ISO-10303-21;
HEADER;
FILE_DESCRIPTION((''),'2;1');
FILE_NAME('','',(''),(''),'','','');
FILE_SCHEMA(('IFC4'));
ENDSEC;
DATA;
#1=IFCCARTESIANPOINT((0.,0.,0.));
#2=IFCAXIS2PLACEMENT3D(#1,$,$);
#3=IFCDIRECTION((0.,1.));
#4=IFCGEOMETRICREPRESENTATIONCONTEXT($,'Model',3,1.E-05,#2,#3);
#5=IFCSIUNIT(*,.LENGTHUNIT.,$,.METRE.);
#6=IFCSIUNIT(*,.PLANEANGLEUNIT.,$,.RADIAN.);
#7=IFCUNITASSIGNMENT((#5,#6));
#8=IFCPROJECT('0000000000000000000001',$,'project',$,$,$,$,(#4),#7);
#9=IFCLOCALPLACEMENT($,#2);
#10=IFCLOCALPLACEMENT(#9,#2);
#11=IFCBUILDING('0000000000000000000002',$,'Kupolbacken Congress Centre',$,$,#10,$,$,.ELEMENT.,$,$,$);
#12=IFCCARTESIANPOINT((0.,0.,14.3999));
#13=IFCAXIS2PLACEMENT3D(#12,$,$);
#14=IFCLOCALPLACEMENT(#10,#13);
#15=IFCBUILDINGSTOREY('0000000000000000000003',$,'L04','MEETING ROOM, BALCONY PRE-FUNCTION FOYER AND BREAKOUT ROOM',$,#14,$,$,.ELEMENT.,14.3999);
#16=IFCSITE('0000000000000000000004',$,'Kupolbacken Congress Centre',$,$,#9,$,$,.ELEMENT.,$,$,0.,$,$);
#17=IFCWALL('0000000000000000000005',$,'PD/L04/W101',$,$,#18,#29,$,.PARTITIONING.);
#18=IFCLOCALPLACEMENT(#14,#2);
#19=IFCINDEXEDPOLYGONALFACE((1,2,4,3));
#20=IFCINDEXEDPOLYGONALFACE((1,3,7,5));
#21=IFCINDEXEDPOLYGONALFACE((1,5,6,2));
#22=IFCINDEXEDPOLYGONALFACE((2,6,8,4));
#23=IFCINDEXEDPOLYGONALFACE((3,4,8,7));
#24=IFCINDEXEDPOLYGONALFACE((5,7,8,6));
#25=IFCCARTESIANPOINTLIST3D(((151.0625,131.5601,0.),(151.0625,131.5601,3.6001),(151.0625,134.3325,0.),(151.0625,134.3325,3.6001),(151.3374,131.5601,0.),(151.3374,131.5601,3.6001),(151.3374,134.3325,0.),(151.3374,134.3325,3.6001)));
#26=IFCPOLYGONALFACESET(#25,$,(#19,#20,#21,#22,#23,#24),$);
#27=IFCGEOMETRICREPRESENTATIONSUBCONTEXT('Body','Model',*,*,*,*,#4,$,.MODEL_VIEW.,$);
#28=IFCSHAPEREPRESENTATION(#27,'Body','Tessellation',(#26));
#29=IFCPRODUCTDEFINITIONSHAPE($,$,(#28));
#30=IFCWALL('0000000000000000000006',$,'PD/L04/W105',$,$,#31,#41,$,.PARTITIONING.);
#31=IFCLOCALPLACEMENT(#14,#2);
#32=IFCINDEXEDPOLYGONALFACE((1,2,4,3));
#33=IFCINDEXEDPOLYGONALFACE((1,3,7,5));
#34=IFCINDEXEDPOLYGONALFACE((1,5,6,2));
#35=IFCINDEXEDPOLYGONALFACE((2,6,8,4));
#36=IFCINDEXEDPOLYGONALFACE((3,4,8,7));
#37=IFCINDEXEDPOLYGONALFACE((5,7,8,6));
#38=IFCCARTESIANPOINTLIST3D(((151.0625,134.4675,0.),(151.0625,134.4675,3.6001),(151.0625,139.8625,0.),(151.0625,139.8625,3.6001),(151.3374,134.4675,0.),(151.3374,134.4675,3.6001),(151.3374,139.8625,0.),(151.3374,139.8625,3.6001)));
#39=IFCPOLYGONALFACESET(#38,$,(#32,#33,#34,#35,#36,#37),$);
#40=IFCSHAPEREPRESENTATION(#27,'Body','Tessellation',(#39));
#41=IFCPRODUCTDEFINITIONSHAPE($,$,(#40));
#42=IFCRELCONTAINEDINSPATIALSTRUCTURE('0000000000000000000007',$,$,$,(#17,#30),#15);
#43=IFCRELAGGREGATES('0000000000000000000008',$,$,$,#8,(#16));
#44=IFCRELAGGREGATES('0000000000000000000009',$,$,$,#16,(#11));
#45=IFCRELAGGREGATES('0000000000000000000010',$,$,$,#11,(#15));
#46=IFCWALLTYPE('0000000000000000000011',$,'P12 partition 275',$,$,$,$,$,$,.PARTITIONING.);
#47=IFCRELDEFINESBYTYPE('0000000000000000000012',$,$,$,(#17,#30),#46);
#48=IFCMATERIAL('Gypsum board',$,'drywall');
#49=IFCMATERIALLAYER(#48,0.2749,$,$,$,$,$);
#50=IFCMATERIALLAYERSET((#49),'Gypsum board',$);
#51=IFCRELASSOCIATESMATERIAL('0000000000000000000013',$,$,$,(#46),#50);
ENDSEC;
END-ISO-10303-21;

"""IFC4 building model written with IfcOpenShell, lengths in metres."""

from ifc_helpers import new_model, si_unit, direction, frame, frame_2d, origin, place, context, subcontext, project, spatial, rectangle, extrude, material, layer, layer_set, type_object, element, save


model = new_model("IFC4")

# Units and contexts
model_context = context("Model", 3, precision=1e-05, world=origin(), true_north=direction((0.0, 1.0)))
body_context = subcontext(model_context, "Body", "Model", "MODEL_VIEW")
ifc_project = project(units=[si_unit("LENGTHUNIT", "METRE"), si_unit("PLANEANGLEUNIT", "RADIAN")], contexts=[model_context])

# Site, building, storey
site_placement = place(None, origin())
site = spatial("IfcSite", under=ifc_project, at=site_placement, Name="Kupolbacken Congress Centre", CompositionType="ELEMENT", RefElevation=0.0)
building_placement = place(site_placement, origin())
building = spatial("IfcBuilding", under=site, at=building_placement, Name="Kupolbacken Congress Centre", CompositionType="ELEMENT")
storey_placement = place(building_placement, frame((0.0, 0.0, 14.3999)))
storey = spatial("IfcBuildingStorey", under=building, at=storey_placement, Name="L04", Description="MEETING ROOM, BALCONY PRE-FUNCTION FOYER AND BREAKOUT ROOM", CompositionType="ELEMENT", Elevation=14.3999)

# Walls
ifc_material_1 = material(Name="Gypsum board", Category="drywall")
ifc_layer = layer(ifc_material_1, 0.2749)
ifc_layer_set = layer_set([ifc_layer], Name="Gypsum board")
wall_type = type_object("IfcWallType", Name="P12 partition 275", PredefinedType="PARTITIONING", material=ifc_layer_set)
wall_1_placement = place(storey_placement, frame((151.2, 134.3325, 0.0), z_axis=(0.0, 0.0, 1.0), x_axis=(0.0, -1.0, 0.0)))
element("IfcWall", 1, at=wall_1_placement, inside=storey, type_object=wall_type, Name="PD/L04/W101", PredefinedType="PARTITIONING", context=body_context, shape_type="SweptSolid", body=[
    extrude(rectangle(XDim=2.7725, YDim=0.2749, at=frame_2d((1.3862, 0.0))), origin(), (0.0, 0.0, 1.0), 3.6001),
])
wall_2_placement = place(storey_placement, frame((151.2, 139.8625, 0.0), z_axis=(0.0, 0.0, 1.0), x_axis=(0.0, -1.0, 0.0)))
element("IfcWall", 2, at=wall_2_placement, inside=storey, type_object=wall_type, Name="PD/L04/W105", PredefinedType="PARTITIONING", context=body_context, shape_type="SweptSolid", body=[
    extrude(rectangle(XDim=5.395, YDim=0.2749, at=frame_2d((2.6975, 0.0))), origin(), (0.0, 0.0, 1.0), 3.6001),
])

save(model, "model.ifc")
